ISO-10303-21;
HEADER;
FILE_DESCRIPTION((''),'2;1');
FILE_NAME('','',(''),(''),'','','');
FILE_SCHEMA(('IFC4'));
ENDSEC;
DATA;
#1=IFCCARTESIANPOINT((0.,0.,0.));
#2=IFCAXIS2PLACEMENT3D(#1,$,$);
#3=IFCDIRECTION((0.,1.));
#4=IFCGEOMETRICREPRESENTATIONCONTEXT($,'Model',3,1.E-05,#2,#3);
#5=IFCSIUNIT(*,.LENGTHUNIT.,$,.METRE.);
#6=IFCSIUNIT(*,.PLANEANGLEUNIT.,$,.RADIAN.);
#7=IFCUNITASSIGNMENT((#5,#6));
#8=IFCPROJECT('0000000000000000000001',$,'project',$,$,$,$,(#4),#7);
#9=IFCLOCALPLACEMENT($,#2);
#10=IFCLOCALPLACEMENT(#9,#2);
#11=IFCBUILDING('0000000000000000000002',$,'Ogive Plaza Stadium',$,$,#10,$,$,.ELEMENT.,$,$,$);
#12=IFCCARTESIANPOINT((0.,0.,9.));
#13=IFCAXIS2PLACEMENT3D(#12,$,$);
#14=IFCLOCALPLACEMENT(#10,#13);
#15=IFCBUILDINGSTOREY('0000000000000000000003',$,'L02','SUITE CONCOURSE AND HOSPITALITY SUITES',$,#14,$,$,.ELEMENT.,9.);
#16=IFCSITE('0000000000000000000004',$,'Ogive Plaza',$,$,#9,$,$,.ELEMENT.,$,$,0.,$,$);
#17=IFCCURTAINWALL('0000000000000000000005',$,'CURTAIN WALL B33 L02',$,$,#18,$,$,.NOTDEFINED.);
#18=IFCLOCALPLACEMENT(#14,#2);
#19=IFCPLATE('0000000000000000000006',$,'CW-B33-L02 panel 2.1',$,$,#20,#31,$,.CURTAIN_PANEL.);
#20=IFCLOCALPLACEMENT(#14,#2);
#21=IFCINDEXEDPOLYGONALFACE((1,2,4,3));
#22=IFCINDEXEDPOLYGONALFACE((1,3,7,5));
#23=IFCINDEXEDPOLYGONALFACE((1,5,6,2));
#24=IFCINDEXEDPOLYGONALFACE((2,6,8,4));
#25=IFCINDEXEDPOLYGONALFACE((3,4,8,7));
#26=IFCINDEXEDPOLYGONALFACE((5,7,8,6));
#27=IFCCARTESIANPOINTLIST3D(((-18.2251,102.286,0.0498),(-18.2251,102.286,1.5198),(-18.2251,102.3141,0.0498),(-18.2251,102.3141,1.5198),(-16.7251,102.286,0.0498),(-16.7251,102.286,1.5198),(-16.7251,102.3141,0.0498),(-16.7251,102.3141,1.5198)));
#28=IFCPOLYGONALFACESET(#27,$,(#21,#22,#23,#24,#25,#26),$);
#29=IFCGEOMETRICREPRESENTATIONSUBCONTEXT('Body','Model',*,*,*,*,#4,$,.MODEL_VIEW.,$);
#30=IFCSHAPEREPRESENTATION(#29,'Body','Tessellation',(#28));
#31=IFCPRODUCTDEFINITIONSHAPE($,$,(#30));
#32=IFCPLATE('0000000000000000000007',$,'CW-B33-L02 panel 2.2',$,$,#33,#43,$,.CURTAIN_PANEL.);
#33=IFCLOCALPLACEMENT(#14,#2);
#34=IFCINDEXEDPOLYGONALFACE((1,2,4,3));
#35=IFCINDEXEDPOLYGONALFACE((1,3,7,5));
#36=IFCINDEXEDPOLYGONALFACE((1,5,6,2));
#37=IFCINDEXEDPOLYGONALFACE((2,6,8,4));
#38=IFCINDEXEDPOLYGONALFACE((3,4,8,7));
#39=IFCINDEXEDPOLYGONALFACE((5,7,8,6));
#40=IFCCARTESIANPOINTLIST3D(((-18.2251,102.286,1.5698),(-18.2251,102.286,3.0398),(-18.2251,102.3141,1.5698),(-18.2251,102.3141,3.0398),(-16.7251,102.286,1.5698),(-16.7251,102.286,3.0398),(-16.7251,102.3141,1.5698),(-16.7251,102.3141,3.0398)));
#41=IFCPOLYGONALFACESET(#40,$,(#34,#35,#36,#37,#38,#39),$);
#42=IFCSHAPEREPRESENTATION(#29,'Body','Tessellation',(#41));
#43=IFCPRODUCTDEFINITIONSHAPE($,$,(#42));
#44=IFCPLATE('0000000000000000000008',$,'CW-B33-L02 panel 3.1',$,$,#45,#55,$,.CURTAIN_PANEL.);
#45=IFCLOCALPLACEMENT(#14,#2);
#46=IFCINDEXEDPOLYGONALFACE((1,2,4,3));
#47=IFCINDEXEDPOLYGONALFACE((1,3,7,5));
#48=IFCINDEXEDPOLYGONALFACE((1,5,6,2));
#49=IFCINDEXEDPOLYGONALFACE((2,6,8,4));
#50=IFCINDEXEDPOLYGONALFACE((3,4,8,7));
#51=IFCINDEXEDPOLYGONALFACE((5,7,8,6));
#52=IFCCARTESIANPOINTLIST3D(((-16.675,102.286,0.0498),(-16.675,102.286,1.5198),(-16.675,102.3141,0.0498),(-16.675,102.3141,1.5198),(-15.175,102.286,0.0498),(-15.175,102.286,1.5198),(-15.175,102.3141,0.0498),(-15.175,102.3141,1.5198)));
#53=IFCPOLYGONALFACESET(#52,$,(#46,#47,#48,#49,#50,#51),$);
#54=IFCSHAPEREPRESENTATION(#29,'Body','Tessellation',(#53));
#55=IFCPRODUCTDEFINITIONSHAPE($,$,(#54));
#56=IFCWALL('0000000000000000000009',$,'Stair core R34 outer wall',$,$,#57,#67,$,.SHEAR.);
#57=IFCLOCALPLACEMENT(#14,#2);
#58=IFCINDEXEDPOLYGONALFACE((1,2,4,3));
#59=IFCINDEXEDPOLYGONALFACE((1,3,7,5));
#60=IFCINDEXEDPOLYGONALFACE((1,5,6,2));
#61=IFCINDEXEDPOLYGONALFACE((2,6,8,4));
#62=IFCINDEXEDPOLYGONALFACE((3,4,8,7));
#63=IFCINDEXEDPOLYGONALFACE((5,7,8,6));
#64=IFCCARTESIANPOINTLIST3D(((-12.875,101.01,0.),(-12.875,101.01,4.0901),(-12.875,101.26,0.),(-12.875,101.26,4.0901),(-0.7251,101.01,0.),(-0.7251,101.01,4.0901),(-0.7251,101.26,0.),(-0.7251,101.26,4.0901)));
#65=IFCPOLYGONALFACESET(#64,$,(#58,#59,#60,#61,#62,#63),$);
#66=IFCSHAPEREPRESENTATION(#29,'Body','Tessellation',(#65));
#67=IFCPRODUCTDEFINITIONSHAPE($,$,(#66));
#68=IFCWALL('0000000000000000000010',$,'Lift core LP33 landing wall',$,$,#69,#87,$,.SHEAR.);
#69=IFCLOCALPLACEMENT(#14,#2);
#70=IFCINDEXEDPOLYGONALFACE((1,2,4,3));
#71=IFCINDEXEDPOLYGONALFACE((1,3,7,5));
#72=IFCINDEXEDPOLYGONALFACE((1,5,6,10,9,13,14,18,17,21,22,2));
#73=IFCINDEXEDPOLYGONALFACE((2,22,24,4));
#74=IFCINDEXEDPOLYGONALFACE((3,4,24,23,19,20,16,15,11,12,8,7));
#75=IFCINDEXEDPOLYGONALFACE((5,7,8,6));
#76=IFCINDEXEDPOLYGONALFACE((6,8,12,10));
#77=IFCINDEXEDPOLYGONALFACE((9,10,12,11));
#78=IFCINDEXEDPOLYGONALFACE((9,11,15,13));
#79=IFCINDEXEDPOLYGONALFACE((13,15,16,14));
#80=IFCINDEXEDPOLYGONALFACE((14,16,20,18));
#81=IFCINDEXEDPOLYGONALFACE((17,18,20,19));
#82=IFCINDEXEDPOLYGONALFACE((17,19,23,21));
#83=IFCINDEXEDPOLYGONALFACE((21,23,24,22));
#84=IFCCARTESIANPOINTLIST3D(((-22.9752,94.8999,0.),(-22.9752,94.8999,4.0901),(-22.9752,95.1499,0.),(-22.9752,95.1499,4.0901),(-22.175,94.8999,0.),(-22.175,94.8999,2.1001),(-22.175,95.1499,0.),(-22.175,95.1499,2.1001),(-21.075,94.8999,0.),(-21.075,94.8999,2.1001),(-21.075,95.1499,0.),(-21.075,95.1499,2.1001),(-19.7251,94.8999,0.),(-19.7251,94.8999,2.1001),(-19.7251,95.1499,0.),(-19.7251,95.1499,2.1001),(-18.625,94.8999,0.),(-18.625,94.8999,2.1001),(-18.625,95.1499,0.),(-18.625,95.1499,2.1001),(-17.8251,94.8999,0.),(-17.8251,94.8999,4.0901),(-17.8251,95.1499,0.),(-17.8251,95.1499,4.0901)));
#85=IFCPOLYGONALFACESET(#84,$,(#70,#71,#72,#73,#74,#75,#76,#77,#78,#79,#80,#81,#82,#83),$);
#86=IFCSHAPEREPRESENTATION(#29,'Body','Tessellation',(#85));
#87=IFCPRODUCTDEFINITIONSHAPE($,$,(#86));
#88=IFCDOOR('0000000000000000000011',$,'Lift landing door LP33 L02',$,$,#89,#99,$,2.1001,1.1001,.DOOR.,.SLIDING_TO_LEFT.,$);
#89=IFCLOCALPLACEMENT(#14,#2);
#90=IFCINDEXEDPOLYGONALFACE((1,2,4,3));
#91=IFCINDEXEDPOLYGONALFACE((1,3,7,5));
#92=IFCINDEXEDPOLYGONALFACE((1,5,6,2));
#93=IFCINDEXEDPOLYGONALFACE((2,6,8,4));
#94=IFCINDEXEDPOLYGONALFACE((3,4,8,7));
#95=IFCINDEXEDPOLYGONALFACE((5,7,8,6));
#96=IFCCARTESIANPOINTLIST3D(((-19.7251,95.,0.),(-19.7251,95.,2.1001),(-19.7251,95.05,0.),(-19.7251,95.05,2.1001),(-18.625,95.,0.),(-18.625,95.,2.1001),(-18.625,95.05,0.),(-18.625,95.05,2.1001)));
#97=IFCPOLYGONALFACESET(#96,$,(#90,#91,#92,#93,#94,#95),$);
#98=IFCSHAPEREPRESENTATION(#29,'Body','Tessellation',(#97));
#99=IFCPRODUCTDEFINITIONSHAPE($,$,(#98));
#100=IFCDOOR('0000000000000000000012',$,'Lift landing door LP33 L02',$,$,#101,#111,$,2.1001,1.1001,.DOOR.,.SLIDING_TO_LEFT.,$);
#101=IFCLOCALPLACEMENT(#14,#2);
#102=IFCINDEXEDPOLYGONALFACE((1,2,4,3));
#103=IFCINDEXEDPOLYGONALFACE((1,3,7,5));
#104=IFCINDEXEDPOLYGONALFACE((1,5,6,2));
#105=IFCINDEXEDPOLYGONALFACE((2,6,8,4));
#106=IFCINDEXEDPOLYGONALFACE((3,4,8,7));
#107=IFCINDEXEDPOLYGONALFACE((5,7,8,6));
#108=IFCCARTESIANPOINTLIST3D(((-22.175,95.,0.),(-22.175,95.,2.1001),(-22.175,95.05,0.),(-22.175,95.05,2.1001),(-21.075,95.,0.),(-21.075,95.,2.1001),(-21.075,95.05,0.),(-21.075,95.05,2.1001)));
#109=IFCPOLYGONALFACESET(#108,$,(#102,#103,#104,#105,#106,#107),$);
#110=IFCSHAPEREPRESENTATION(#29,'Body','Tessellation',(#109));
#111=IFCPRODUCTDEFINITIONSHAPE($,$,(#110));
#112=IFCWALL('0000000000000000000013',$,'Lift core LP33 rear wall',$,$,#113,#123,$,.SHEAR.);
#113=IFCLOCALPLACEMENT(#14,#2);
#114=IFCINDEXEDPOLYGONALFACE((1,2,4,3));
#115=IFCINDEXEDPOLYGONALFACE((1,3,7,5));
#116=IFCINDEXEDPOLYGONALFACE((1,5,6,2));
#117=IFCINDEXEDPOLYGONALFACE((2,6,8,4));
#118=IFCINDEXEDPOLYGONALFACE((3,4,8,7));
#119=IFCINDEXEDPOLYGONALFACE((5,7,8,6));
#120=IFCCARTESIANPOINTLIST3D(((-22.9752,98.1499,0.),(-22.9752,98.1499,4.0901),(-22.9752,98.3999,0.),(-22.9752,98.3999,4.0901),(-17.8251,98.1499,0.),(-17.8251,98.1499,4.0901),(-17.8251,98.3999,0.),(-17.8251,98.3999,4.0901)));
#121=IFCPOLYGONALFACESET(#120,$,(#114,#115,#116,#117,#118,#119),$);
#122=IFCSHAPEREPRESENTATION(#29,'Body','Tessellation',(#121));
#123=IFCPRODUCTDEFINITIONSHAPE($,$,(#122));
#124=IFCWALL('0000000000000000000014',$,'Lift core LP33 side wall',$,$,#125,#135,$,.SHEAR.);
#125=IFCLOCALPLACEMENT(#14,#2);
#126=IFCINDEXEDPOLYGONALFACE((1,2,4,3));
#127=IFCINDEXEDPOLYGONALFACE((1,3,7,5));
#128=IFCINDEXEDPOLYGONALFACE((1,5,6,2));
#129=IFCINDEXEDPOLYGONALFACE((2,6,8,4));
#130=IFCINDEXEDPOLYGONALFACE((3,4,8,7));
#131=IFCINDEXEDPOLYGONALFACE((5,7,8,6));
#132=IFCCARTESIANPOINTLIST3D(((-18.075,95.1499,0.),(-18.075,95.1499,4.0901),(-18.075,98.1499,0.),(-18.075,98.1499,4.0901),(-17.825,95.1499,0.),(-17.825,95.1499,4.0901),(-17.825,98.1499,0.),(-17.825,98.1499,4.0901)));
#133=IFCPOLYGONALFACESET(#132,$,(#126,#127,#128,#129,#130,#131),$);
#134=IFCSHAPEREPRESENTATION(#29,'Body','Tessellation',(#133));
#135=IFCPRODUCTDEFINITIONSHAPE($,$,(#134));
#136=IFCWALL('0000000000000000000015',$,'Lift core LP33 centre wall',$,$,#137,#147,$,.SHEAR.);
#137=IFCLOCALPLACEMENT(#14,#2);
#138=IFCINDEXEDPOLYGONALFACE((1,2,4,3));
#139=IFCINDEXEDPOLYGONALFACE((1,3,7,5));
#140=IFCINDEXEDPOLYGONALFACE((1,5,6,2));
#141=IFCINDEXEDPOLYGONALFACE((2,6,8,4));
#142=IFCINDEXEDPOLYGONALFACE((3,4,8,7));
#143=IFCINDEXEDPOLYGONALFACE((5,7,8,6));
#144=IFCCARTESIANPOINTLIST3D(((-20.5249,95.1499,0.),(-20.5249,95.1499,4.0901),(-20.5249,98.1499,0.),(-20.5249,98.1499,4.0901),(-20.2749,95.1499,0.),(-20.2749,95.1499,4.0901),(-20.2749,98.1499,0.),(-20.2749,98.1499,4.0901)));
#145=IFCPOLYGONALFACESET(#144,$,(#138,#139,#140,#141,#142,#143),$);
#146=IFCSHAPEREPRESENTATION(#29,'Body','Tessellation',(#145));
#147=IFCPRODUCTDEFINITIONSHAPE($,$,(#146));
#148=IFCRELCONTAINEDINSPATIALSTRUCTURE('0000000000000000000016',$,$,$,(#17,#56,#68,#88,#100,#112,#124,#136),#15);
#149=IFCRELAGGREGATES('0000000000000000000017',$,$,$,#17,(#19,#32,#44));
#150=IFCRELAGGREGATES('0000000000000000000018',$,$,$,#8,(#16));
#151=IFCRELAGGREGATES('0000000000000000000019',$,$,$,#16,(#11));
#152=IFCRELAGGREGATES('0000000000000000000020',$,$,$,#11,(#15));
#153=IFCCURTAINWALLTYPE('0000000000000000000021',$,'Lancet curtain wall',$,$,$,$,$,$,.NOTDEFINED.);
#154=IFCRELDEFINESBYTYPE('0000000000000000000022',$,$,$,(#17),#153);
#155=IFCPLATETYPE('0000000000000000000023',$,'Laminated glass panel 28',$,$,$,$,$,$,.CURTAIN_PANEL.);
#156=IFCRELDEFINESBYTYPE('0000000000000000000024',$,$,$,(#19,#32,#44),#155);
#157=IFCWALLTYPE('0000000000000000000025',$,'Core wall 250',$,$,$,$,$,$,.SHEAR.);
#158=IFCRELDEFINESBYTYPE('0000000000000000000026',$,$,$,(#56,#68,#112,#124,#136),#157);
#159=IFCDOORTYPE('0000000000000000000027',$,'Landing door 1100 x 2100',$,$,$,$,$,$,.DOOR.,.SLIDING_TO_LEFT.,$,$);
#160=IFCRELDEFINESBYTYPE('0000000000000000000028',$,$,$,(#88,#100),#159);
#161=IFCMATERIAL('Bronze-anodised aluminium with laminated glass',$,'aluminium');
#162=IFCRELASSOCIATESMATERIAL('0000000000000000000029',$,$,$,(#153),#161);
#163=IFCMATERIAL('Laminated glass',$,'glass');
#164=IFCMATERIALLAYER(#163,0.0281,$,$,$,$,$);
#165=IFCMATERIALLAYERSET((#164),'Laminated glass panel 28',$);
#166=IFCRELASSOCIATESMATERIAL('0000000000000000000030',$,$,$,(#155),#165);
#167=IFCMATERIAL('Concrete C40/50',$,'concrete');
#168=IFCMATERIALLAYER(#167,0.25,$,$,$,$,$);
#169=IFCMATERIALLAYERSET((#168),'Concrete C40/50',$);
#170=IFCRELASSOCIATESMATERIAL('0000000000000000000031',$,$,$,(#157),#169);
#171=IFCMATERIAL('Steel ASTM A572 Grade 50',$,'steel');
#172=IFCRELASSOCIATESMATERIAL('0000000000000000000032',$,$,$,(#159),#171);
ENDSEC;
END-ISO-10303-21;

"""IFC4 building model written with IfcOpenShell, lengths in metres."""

from ifc_helpers import new_model, si_unit, direction, frame, frame_2d, origin, origin_2d, place, context, subcontext, project, spatial, rectangle, extrude, material, layer, layer_set, type_object, element, fill, aggregate, save


model = new_model("IFC4")

# Units and contexts
model_context = context("Model", 3, precision=1e-05, world=origin(), true_north=direction((0.0, 1.0)))
body_context = subcontext(model_context, "Body", "Model", "MODEL_VIEW")
ifc_project = project(units=[si_unit("LENGTHUNIT", "METRE"), si_unit("PLANEANGLEUNIT", "RADIAN")], contexts=[model_context])

# Site, building, storey
site_placement = place(None, origin())
site = spatial("IfcSite", under=ifc_project, at=site_placement, Name="Ogive Plaza", CompositionType="ELEMENT", RefElevation=0.0)
building_placement = place(site_placement, origin())
building = spatial("IfcBuilding", under=site, at=building_placement, Name="Ogive Plaza Stadium", CompositionType="ELEMENT")
storey_placement = place(building_placement, frame((0.0, 0.0, 9.0)))
storey = spatial("IfcBuildingStorey", under=building, at=storey_placement, Name="L02", Description="SUITE CONCOURSE AND HOSPITALITY SUITES", CompositionType="ELEMENT", Elevation=9.0)

# Curtain wall, plates
ifc_material_1 = material(Name="Bronze-anodised aluminium with laminated glass", Category="aluminium")
curtain_wall_type = type_object("IfcCurtainWallType", Name="Lancet curtain wall", PredefinedType="NOTDEFINED", material=ifc_material_1)
curtain_wall_placement = place(storey_placement, origin())
curtain_wall = element("IfcCurtainWall", 1, at=curtain_wall_placement, inside=storey, type_object=curtain_wall_type, Name="CURTAIN WALL B33 L02", PredefinedType="NOTDEFINED")
ifc_material_2 = material(Name="Laminated glass", Category="glass")
ifc_layer_1 = layer(ifc_material_2, 0.0281)
ifc_layer_set_1 = layer_set([ifc_layer_1], Name="Laminated glass panel 28")
plate_type = type_object("IfcPlateType", Name="Laminated glass panel 28", PredefinedType="CURTAIN_PANEL", material=ifc_layer_set_1)
plate_1_placement = place(storey_placement, frame((-17.4751, 102.3, 0.0498), z_axis=(0.0, 0.0, 1.0), x_axis=(1.0, 0.0, 0.0)))
plate_1 = element("IfcPlate", 2, at=plate_1_placement, type_object=plate_type, Name="CW-B33-L02 panel 2.1", PredefinedType="CURTAIN_PANEL", context=body_context, shape_type="SweptSolid", body=[
    extrude(rectangle(XDim=1.5, YDim=0.0281, at=origin_2d()), origin(), (0.0, 0.0, 1.0), 1.47),
])
plate_2_placement = place(storey_placement, frame((-17.4751, 102.3, 1.5698), z_axis=(0.0, 0.0, 1.0), x_axis=(1.0, 0.0, 0.0)))
plate_2 = element("IfcPlate", 3, at=plate_2_placement, type_object=plate_type, Name="CW-B33-L02 panel 2.2", PredefinedType="CURTAIN_PANEL", context=body_context, shape_type="SweptSolid", body=[
    extrude(rectangle(XDim=1.5, YDim=0.0281, at=origin_2d()), origin(), (0.0, 0.0, 1.0), 1.47),
])
plate_3_placement = place(storey_placement, frame((-15.925, 102.3, 0.0498), z_axis=(0.0, 0.0, 1.0), x_axis=(1.0, 0.0, 0.0)))
plate_3 = element("IfcPlate", 4, at=plate_3_placement, type_object=plate_type, Name="CW-B33-L02 panel 3.1", PredefinedType="CURTAIN_PANEL", context=body_context, shape_type="SweptSolid", body=[
    extrude(rectangle(XDim=1.5, YDim=0.0281, at=origin_2d()), origin(), (0.0, 0.0, 1.0), 1.47),
])
aggregate(curtain_wall, [plate_1, plate_2, plate_3])

# Wall
ifc_material_3 = material(Name="Concrete C40/50", Category="concrete")
ifc_layer_2 = layer(ifc_material_3, 0.25)
ifc_layer_set_2 = layer_set([ifc_layer_2], Name="Concrete C40/50")
wall_type = type_object("IfcWallType", Name="Core wall 250", PredefinedType="SHEAR", material=ifc_layer_set_2)
wall_1_placement = place(storey_placement, frame((-0.7251, 101.135, 0.0), z_axis=(0.0, 0.0, 1.0), x_axis=(-1.0, 0.0, 0.0)))
element("IfcWall", 5, at=wall_1_placement, inside=storey, type_object=wall_type, Name="Stair core R34 outer wall", PredefinedType="SHEAR", context=body_context, shape_type="SweptSolid", body=[
    extrude(rectangle(XDim=12.1499, YDim=0.25, at=frame_2d((6.075, 0.0))), origin(), (0.0, 0.0, 1.0), 4.0901),
])

# Wall, openings, doors
wall_2_placement = place(storey_placement, frame((-17.825, 95.0249, 0.0), z_axis=(0.0, 0.0, 1.0), x_axis=(-1.0, 0.0, 0.0)))
wall_2 = element("IfcWall", 6, at=wall_2_placement, inside=storey, type_object=wall_type, Name="Lift core LP33 landing wall", PredefinedType="SHEAR", context=body_context, shape_type="SweptSolid", body=[
    extrude(rectangle(XDim=5.1501, YDim=0.25, at=frame_2d((2.5752, 0.0))), origin(), (0.0, 0.0, 1.0), 4.0901),
])
opening_1_placement = place(wall_2_placement, frame((0.8, 0.0, 0.0)))
opening_1 = element("IfcOpeningElement", 7, at=opening_1_placement, cuts=wall_2, PredefinedType="OPENING", context=body_context, shape_type="SweptSolid", body=[
    extrude(rectangle(XDim=1.1001, YDim=2.1001, at=frame_2d((0.55, 1.05))), frame((0.0, 0.125, 0.0), z_axis=(0.0, -1.0, 0.0), x_axis=(1.0, 0.0, 0.0)), (0.0, 0.0, 1.0), 0.25),
])
opening_2_placement = place(wall_2_placement, frame((3.25, 0.0, 0.0)))
opening_2 = element("IfcOpeningElement", 8, at=opening_2_placement, cuts=wall_2, PredefinedType="OPENING", context=body_context, shape_type="SweptSolid", body=[
    extrude(rectangle(XDim=1.1001, YDim=2.1001, at=frame_2d((0.55, 1.05))), frame((0.0, 0.125, 0.0), z_axis=(0.0, -1.0, 0.0), x_axis=(1.0, 0.0, 0.0)), (0.0, 0.0, 1.0), 0.25),
])
ifc_material_4 = material(Name="Steel ASTM A572 Grade 50", Category="steel")
door_type = type_object("IfcDoorType", Name="Landing door 1100 x 2100", OperationType="SLIDING_TO_LEFT", PredefinedType="DOOR", material=ifc_material_4)
door_1_placement = place(opening_1_placement, origin())
door_1 = element("IfcDoor", 9, at=door_1_placement, inside=storey, type_object=door_type, Name="Lift landing door LP33 L02", OperationType="SLIDING_TO_LEFT", OverallHeight=2.1001, OverallWidth=1.1001, PredefinedType="DOOR", context=body_context, shape_type="SweptSolid", body=[
    extrude(rectangle(XDim=1.1001, YDim=2.1001, at=frame_2d((0.55, 1.05))), frame((0.0, 0.0249, 0.0), z_axis=(0.0, -1.0, 0.0), x_axis=(1.0, 0.0, 0.0)), (0.0, 0.0, 1.0), 0.05),
])
fill(opening_1, door_1)
door_2_placement = place(opening_2_placement, origin())
door_2 = element("IfcDoor", 10, at=door_2_placement, inside=storey, type_object=door_type, Name="Lift landing door LP33 L02", OperationType="SLIDING_TO_LEFT", OverallHeight=2.1001, OverallWidth=1.1001, PredefinedType="DOOR", context=body_context, shape_type="SweptSolid", body=[
    extrude(rectangle(XDim=1.1001, YDim=2.1001, at=frame_2d((0.55, 1.05))), frame((0.0, 0.0249, 0.0), z_axis=(0.0, -1.0, 0.0), x_axis=(1.0, 0.0, 0.0)), (0.0, 0.0, 1.0), 0.05),
])
fill(opening_2, door_2)

# Walls
wall_3_placement = place(storey_placement, frame((-17.825, 98.2749, 0.0), z_axis=(0.0, 0.0, 1.0), x_axis=(-1.0, 0.0, 0.0)))
element("IfcWall", 11, at=wall_3_placement, inside=storey, type_object=wall_type, Name="Lift core LP33 rear wall", PredefinedType="SHEAR", context=body_context, shape_type="SweptSolid", body=[
    extrude(rectangle(XDim=5.1501, YDim=0.25, at=frame_2d((2.5752, 0.0))), origin(), (0.0, 0.0, 1.0), 4.0901),
])
for number, where, z_axis, x_axis, name in (
    (12, (-17.95, 95.1499, 0.0), (0.0, 0.0, 1.0), (0.0, 1.0, 0.0), "Lift core LP33 side wall"),
    (13, (-20.3999, 95.1499, 0.0), (0.0, 0.0, 1.0), (0.0, 1.0, 0.0), "Lift core LP33 centre wall"),
):
    element("IfcWall", number, at=place(storey_placement, frame(where, z_axis=z_axis, x_axis=x_axis)), inside=storey, type_object=wall_type, Name=name, PredefinedType="SHEAR", context=body_context, shape_type="SweptSolid", body=[
        extrude(rectangle(XDim=3.0, YDim=0.25, at=frame_2d((1.5, 0.0))), origin(), (0.0, 0.0, 1.0), 4.0901),
    ])

save(model, "model.ifc")
